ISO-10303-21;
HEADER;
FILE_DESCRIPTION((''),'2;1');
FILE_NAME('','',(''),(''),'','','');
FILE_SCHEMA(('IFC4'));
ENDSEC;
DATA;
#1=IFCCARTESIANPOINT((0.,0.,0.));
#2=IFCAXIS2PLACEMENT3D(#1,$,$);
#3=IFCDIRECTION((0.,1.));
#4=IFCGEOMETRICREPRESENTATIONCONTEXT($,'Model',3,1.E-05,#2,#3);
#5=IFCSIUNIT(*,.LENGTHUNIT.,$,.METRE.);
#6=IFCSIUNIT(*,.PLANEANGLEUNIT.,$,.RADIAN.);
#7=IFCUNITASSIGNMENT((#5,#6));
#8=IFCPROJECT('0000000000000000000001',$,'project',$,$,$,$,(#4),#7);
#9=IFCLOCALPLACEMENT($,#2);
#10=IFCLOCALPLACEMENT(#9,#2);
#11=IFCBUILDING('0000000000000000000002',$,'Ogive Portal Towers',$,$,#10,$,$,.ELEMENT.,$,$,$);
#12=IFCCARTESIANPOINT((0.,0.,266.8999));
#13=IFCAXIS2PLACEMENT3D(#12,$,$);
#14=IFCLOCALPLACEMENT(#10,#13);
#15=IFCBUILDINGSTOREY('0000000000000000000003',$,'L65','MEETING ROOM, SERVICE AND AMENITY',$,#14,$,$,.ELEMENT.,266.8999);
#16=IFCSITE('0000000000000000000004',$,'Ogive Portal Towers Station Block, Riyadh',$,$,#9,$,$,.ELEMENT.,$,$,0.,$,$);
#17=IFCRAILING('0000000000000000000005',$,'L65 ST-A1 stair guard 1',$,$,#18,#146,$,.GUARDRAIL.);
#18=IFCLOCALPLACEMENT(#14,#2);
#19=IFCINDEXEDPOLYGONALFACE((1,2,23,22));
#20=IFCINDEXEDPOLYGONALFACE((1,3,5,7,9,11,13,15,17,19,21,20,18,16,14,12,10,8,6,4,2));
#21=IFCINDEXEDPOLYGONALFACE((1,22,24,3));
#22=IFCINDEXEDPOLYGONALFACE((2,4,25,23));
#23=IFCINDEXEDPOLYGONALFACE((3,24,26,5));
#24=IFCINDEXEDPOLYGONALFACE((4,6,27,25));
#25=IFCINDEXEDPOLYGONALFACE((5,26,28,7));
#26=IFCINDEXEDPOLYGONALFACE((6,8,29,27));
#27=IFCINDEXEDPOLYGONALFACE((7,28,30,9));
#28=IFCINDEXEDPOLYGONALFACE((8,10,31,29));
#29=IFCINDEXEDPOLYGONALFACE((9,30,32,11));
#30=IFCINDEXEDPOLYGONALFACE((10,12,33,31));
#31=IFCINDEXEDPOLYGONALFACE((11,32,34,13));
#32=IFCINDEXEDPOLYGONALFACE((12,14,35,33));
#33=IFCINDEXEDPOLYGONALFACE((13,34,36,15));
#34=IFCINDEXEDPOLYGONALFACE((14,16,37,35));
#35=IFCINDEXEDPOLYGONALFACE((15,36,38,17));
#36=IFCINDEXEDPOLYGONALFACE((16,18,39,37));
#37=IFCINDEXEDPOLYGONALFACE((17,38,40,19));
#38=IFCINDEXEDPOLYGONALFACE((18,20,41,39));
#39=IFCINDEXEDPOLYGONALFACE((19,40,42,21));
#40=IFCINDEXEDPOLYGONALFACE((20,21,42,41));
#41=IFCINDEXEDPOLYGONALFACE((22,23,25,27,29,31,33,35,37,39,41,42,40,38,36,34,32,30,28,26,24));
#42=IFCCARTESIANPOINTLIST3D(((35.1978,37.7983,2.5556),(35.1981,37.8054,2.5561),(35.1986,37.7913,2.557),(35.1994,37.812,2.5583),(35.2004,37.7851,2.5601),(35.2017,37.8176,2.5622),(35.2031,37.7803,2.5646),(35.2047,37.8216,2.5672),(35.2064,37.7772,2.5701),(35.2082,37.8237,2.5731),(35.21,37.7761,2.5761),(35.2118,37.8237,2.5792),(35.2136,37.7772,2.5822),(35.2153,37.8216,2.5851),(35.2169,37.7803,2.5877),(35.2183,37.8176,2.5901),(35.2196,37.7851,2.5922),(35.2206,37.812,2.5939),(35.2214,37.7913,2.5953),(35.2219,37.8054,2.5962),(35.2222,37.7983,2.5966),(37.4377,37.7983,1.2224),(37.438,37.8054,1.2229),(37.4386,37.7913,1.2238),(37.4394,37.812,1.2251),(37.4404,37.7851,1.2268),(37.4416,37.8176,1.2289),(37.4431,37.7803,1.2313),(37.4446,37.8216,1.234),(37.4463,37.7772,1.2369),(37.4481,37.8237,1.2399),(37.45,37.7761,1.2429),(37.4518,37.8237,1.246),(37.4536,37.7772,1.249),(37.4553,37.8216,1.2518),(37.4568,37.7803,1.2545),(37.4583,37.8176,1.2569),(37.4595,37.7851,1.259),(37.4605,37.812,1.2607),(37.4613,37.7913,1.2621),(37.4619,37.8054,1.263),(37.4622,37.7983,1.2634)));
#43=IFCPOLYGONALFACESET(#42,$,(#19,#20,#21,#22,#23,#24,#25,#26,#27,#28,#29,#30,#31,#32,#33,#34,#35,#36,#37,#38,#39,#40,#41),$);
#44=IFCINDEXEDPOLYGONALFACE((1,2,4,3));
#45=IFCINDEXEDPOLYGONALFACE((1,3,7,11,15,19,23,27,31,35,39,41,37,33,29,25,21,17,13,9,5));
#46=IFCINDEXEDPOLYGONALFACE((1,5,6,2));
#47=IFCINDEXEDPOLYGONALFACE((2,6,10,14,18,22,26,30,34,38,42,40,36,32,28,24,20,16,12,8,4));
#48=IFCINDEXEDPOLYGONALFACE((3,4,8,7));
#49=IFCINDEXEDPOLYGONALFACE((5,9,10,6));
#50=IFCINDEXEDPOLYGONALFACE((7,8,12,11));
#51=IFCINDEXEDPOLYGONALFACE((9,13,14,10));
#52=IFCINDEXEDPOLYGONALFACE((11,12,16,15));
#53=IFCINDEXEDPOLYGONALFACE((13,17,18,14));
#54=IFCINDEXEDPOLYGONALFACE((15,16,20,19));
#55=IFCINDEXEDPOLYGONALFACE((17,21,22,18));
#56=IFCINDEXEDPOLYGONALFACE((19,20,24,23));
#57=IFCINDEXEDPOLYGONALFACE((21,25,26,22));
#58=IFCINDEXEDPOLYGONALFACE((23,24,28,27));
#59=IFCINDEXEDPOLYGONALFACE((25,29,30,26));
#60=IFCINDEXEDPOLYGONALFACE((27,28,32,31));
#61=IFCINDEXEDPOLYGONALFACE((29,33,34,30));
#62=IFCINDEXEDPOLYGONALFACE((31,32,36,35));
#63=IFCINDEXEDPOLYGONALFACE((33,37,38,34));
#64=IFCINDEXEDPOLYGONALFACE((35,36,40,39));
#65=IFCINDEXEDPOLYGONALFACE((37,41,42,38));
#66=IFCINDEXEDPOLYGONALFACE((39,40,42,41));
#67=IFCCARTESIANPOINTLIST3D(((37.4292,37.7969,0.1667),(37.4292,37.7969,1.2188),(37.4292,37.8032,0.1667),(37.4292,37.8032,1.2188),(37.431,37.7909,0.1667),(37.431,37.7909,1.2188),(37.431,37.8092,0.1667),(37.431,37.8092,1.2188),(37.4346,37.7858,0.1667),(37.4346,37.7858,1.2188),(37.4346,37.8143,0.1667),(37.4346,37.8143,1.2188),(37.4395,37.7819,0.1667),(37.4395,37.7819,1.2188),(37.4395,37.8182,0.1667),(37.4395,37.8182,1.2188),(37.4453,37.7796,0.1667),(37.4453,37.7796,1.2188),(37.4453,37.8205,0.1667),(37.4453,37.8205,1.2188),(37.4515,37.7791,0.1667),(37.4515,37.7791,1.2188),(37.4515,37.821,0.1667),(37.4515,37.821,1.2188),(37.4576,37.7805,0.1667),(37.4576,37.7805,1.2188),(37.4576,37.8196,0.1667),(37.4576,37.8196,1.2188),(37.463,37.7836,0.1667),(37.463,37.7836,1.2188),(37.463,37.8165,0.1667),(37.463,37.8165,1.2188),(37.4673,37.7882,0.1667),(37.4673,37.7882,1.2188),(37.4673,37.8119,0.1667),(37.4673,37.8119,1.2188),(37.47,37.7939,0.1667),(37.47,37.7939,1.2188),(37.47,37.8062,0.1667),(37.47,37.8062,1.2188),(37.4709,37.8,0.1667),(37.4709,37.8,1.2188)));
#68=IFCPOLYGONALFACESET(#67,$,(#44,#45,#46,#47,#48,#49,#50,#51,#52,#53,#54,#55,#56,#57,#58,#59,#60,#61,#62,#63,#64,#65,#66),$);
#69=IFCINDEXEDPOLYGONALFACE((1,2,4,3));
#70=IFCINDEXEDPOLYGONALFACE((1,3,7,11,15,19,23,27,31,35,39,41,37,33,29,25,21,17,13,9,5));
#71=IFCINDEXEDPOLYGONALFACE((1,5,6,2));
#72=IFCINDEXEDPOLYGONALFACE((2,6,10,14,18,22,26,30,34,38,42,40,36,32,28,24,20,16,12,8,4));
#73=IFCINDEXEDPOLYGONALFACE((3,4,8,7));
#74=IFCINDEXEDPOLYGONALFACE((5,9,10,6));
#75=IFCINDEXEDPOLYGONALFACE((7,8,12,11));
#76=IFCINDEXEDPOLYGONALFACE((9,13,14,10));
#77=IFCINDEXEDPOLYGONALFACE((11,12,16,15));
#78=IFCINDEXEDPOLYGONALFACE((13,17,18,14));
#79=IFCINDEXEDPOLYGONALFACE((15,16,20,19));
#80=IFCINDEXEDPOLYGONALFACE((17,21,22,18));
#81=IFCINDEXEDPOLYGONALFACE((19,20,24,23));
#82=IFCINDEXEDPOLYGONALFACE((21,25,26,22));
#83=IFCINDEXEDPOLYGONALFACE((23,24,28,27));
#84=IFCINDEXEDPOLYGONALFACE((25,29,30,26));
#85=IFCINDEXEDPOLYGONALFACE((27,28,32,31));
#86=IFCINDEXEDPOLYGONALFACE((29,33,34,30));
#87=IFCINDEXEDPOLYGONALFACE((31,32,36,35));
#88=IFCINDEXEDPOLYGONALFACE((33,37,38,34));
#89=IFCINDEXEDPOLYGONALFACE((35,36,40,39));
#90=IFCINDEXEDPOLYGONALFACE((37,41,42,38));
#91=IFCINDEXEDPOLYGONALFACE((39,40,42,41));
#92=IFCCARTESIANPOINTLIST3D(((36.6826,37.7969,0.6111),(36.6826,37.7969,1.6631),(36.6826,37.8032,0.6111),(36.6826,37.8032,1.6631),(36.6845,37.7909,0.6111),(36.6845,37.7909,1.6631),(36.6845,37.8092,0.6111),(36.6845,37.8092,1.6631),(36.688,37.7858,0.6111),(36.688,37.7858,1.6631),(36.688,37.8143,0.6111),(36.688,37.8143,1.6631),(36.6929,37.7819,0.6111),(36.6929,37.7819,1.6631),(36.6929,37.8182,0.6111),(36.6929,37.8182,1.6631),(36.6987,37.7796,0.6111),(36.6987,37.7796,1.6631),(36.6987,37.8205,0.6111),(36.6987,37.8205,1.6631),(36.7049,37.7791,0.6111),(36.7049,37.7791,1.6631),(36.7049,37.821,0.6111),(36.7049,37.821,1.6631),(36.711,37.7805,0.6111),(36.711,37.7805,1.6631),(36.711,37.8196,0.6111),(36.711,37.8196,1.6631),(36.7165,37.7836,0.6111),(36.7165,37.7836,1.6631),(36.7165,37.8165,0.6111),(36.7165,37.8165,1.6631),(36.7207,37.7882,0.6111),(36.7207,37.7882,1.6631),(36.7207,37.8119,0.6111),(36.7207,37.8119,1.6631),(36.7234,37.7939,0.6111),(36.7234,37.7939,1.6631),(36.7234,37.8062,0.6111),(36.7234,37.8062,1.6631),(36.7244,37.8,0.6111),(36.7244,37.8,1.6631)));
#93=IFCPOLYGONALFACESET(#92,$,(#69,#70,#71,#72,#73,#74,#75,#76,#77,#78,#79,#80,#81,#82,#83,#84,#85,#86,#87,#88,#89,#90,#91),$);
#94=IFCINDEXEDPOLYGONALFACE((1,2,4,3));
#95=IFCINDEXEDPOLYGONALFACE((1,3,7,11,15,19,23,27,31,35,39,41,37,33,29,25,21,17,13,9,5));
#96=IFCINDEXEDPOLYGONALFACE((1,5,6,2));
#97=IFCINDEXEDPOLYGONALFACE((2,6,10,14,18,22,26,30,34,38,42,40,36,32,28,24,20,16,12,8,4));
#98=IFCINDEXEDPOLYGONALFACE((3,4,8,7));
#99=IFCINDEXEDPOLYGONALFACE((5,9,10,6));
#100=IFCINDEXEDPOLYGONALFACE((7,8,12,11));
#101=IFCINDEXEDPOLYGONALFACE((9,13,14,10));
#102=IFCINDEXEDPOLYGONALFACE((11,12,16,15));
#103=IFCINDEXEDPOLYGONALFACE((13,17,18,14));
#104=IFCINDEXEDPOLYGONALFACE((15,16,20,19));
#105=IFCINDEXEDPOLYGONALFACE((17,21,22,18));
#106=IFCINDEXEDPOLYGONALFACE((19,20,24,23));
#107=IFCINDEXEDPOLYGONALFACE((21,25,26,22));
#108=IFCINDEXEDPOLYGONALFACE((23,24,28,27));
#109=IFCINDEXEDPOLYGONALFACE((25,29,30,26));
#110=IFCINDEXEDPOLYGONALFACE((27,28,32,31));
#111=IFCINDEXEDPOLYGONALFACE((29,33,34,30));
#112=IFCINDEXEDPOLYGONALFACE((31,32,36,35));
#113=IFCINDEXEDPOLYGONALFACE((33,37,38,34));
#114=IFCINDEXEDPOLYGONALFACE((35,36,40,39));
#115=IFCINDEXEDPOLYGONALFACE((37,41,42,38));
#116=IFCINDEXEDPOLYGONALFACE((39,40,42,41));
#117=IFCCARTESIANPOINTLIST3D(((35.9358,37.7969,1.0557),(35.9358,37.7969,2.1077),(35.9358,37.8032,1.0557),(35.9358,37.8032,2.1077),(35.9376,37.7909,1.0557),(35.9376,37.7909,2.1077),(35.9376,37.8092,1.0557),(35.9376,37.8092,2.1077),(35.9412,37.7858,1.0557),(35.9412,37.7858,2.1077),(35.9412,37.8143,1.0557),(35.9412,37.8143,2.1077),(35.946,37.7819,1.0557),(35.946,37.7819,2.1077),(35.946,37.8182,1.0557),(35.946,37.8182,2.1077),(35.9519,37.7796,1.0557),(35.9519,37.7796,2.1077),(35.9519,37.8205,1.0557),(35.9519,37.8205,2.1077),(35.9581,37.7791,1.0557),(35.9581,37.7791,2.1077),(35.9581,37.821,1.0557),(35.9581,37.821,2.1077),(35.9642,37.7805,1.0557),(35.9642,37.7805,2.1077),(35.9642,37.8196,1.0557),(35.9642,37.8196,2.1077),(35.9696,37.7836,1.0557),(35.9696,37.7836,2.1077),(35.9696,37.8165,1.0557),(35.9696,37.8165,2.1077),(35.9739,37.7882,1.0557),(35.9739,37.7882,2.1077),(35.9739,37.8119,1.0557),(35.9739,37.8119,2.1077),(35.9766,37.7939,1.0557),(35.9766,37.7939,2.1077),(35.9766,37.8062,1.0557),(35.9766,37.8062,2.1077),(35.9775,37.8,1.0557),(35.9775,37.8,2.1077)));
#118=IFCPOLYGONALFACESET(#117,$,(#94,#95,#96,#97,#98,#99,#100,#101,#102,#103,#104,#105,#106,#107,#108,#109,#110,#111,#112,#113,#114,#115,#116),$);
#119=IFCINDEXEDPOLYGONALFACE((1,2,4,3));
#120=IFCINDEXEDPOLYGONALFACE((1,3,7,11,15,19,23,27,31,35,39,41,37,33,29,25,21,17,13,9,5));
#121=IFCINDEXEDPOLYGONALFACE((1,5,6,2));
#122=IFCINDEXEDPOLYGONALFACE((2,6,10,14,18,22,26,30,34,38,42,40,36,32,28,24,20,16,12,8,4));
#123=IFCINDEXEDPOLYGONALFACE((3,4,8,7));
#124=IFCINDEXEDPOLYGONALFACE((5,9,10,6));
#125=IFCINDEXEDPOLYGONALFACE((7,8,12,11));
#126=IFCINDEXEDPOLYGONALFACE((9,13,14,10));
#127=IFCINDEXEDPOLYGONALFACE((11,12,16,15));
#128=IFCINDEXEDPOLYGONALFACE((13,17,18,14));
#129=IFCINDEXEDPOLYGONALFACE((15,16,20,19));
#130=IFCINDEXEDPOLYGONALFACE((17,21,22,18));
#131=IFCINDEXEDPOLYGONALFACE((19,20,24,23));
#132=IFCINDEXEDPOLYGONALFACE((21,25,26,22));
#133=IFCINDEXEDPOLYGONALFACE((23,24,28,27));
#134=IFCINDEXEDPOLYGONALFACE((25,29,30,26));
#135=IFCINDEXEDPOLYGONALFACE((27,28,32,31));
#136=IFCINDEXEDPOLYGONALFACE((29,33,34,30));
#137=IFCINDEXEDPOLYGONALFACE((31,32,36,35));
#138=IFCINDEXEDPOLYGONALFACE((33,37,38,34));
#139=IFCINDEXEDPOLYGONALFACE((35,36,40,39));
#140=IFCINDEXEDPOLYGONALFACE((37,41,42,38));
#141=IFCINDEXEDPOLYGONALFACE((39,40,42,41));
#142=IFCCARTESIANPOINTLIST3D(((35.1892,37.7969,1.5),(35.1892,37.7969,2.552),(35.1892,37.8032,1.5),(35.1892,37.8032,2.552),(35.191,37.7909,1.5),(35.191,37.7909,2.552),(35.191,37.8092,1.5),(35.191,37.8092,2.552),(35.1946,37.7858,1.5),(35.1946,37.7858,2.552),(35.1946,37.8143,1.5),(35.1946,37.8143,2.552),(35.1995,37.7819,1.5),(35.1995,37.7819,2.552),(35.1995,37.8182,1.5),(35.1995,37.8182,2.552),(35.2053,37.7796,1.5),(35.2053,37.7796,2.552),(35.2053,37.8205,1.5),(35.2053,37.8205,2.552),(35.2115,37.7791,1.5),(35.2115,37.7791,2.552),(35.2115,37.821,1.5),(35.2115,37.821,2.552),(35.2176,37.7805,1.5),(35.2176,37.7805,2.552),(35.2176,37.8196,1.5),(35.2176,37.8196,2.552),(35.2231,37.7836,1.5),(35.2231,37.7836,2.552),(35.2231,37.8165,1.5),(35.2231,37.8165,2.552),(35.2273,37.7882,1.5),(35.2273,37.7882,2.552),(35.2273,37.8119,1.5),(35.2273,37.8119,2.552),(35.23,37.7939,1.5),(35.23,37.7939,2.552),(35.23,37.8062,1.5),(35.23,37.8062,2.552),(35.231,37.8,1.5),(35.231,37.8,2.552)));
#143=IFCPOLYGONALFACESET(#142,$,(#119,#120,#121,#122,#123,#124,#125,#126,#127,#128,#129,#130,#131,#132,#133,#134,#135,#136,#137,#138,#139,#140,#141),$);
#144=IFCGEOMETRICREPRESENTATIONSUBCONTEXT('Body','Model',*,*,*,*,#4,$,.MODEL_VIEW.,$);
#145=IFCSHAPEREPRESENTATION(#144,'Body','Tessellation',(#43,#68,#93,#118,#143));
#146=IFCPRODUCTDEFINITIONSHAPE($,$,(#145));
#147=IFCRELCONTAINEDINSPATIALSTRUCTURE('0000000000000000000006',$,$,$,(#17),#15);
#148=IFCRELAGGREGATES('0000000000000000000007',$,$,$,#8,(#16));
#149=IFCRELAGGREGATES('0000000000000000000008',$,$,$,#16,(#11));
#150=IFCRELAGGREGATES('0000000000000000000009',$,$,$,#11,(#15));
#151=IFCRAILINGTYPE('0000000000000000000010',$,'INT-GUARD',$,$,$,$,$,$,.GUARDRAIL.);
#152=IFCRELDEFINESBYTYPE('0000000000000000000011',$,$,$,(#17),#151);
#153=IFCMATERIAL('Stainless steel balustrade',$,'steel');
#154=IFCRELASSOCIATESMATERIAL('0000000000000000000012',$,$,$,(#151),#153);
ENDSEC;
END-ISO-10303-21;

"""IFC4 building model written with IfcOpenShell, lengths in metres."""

from ifc_helpers import new_model, si_unit, direction, frame, origin, origin_2d, place, context, subcontext, project, spatial, circle, extrude, material, type_object, element, save


model = new_model("IFC4")

# Units and contexts
model_context = context("Model", 3, precision=1e-05, world=origin(), true_north=direction((0.0, 1.0)))
body_context = subcontext(model_context, "Body", "Model", "MODEL_VIEW")
ifc_project = project(units=[si_unit("LENGTHUNIT", "METRE"), si_unit("PLANEANGLEUNIT", "RADIAN")], contexts=[model_context])

# Site, building, storey
site_placement = place(None, origin())
site = spatial("IfcSite", under=ifc_project, at=site_placement, Name="Ogive Portal Towers Station Block, Riyadh", CompositionType="ELEMENT", RefElevation=0.0)
building_placement = place(site_placement, origin())
building = spatial("IfcBuilding", under=site, at=building_placement, Name="Ogive Portal Towers", CompositionType="ELEMENT")
storey_placement = place(building_placement, frame((0.0, 0.0, 266.8999)))
storey = spatial("IfcBuildingStorey", under=building, at=storey_placement, Name="L65", Description="MEETING ROOM, SERVICE AND AMENITY", CompositionType="ELEMENT", Elevation=266.8999)

# Railing
ifc_material_1 = material(Name="Stainless steel balustrade", Category="steel")
railing_type_1 = type_object("IfcRailingType", Name="INT-GUARD", PredefinedType="GUARDRAIL", material=ifc_material_1)
railing_1_placement = place(storey_placement, frame((37.45, 37.8, 0.1667)))
element("IfcRailing", 1, at=railing_1_placement, inside=storey, type_object=railing_type_1, Name="L65 ST-A1 stair guard 1", PredefinedType="GUARDRAIL", context=body_context, shape_type="SweptSolid", body=[
    extrude(circle(Radius=0.0239, at=origin_2d()), frame((0.0, 0.0, 1.0762), z_axis=(-0.859306, 0.0, 0.511462), x_axis=(0.0, -1.0, 0.0)), (0.0, 0.0, 1.0), 2.6067),
    extrude(circle(Radius=0.021, at=origin_2d()), origin(), (0.0, 0.0, 1.0), 1.052),
    extrude(circle(Radius=0.021, at=origin_2d()), frame((-0.7466, 0.0, 0.4443)), (0.0, 0.0, 1.0), 1.052),
    extrude(circle(Radius=0.021, at=origin_2d()), frame((-1.4934, 0.0, 0.8889)), (0.0, 0.0, 1.0), 1.052),
    extrude(circle(Radius=0.021, at=origin_2d()), frame((-2.24, 0.0, 1.3333)), (0.0, 0.0, 1.0), 1.052),
])

save(model, "model.ifc")
